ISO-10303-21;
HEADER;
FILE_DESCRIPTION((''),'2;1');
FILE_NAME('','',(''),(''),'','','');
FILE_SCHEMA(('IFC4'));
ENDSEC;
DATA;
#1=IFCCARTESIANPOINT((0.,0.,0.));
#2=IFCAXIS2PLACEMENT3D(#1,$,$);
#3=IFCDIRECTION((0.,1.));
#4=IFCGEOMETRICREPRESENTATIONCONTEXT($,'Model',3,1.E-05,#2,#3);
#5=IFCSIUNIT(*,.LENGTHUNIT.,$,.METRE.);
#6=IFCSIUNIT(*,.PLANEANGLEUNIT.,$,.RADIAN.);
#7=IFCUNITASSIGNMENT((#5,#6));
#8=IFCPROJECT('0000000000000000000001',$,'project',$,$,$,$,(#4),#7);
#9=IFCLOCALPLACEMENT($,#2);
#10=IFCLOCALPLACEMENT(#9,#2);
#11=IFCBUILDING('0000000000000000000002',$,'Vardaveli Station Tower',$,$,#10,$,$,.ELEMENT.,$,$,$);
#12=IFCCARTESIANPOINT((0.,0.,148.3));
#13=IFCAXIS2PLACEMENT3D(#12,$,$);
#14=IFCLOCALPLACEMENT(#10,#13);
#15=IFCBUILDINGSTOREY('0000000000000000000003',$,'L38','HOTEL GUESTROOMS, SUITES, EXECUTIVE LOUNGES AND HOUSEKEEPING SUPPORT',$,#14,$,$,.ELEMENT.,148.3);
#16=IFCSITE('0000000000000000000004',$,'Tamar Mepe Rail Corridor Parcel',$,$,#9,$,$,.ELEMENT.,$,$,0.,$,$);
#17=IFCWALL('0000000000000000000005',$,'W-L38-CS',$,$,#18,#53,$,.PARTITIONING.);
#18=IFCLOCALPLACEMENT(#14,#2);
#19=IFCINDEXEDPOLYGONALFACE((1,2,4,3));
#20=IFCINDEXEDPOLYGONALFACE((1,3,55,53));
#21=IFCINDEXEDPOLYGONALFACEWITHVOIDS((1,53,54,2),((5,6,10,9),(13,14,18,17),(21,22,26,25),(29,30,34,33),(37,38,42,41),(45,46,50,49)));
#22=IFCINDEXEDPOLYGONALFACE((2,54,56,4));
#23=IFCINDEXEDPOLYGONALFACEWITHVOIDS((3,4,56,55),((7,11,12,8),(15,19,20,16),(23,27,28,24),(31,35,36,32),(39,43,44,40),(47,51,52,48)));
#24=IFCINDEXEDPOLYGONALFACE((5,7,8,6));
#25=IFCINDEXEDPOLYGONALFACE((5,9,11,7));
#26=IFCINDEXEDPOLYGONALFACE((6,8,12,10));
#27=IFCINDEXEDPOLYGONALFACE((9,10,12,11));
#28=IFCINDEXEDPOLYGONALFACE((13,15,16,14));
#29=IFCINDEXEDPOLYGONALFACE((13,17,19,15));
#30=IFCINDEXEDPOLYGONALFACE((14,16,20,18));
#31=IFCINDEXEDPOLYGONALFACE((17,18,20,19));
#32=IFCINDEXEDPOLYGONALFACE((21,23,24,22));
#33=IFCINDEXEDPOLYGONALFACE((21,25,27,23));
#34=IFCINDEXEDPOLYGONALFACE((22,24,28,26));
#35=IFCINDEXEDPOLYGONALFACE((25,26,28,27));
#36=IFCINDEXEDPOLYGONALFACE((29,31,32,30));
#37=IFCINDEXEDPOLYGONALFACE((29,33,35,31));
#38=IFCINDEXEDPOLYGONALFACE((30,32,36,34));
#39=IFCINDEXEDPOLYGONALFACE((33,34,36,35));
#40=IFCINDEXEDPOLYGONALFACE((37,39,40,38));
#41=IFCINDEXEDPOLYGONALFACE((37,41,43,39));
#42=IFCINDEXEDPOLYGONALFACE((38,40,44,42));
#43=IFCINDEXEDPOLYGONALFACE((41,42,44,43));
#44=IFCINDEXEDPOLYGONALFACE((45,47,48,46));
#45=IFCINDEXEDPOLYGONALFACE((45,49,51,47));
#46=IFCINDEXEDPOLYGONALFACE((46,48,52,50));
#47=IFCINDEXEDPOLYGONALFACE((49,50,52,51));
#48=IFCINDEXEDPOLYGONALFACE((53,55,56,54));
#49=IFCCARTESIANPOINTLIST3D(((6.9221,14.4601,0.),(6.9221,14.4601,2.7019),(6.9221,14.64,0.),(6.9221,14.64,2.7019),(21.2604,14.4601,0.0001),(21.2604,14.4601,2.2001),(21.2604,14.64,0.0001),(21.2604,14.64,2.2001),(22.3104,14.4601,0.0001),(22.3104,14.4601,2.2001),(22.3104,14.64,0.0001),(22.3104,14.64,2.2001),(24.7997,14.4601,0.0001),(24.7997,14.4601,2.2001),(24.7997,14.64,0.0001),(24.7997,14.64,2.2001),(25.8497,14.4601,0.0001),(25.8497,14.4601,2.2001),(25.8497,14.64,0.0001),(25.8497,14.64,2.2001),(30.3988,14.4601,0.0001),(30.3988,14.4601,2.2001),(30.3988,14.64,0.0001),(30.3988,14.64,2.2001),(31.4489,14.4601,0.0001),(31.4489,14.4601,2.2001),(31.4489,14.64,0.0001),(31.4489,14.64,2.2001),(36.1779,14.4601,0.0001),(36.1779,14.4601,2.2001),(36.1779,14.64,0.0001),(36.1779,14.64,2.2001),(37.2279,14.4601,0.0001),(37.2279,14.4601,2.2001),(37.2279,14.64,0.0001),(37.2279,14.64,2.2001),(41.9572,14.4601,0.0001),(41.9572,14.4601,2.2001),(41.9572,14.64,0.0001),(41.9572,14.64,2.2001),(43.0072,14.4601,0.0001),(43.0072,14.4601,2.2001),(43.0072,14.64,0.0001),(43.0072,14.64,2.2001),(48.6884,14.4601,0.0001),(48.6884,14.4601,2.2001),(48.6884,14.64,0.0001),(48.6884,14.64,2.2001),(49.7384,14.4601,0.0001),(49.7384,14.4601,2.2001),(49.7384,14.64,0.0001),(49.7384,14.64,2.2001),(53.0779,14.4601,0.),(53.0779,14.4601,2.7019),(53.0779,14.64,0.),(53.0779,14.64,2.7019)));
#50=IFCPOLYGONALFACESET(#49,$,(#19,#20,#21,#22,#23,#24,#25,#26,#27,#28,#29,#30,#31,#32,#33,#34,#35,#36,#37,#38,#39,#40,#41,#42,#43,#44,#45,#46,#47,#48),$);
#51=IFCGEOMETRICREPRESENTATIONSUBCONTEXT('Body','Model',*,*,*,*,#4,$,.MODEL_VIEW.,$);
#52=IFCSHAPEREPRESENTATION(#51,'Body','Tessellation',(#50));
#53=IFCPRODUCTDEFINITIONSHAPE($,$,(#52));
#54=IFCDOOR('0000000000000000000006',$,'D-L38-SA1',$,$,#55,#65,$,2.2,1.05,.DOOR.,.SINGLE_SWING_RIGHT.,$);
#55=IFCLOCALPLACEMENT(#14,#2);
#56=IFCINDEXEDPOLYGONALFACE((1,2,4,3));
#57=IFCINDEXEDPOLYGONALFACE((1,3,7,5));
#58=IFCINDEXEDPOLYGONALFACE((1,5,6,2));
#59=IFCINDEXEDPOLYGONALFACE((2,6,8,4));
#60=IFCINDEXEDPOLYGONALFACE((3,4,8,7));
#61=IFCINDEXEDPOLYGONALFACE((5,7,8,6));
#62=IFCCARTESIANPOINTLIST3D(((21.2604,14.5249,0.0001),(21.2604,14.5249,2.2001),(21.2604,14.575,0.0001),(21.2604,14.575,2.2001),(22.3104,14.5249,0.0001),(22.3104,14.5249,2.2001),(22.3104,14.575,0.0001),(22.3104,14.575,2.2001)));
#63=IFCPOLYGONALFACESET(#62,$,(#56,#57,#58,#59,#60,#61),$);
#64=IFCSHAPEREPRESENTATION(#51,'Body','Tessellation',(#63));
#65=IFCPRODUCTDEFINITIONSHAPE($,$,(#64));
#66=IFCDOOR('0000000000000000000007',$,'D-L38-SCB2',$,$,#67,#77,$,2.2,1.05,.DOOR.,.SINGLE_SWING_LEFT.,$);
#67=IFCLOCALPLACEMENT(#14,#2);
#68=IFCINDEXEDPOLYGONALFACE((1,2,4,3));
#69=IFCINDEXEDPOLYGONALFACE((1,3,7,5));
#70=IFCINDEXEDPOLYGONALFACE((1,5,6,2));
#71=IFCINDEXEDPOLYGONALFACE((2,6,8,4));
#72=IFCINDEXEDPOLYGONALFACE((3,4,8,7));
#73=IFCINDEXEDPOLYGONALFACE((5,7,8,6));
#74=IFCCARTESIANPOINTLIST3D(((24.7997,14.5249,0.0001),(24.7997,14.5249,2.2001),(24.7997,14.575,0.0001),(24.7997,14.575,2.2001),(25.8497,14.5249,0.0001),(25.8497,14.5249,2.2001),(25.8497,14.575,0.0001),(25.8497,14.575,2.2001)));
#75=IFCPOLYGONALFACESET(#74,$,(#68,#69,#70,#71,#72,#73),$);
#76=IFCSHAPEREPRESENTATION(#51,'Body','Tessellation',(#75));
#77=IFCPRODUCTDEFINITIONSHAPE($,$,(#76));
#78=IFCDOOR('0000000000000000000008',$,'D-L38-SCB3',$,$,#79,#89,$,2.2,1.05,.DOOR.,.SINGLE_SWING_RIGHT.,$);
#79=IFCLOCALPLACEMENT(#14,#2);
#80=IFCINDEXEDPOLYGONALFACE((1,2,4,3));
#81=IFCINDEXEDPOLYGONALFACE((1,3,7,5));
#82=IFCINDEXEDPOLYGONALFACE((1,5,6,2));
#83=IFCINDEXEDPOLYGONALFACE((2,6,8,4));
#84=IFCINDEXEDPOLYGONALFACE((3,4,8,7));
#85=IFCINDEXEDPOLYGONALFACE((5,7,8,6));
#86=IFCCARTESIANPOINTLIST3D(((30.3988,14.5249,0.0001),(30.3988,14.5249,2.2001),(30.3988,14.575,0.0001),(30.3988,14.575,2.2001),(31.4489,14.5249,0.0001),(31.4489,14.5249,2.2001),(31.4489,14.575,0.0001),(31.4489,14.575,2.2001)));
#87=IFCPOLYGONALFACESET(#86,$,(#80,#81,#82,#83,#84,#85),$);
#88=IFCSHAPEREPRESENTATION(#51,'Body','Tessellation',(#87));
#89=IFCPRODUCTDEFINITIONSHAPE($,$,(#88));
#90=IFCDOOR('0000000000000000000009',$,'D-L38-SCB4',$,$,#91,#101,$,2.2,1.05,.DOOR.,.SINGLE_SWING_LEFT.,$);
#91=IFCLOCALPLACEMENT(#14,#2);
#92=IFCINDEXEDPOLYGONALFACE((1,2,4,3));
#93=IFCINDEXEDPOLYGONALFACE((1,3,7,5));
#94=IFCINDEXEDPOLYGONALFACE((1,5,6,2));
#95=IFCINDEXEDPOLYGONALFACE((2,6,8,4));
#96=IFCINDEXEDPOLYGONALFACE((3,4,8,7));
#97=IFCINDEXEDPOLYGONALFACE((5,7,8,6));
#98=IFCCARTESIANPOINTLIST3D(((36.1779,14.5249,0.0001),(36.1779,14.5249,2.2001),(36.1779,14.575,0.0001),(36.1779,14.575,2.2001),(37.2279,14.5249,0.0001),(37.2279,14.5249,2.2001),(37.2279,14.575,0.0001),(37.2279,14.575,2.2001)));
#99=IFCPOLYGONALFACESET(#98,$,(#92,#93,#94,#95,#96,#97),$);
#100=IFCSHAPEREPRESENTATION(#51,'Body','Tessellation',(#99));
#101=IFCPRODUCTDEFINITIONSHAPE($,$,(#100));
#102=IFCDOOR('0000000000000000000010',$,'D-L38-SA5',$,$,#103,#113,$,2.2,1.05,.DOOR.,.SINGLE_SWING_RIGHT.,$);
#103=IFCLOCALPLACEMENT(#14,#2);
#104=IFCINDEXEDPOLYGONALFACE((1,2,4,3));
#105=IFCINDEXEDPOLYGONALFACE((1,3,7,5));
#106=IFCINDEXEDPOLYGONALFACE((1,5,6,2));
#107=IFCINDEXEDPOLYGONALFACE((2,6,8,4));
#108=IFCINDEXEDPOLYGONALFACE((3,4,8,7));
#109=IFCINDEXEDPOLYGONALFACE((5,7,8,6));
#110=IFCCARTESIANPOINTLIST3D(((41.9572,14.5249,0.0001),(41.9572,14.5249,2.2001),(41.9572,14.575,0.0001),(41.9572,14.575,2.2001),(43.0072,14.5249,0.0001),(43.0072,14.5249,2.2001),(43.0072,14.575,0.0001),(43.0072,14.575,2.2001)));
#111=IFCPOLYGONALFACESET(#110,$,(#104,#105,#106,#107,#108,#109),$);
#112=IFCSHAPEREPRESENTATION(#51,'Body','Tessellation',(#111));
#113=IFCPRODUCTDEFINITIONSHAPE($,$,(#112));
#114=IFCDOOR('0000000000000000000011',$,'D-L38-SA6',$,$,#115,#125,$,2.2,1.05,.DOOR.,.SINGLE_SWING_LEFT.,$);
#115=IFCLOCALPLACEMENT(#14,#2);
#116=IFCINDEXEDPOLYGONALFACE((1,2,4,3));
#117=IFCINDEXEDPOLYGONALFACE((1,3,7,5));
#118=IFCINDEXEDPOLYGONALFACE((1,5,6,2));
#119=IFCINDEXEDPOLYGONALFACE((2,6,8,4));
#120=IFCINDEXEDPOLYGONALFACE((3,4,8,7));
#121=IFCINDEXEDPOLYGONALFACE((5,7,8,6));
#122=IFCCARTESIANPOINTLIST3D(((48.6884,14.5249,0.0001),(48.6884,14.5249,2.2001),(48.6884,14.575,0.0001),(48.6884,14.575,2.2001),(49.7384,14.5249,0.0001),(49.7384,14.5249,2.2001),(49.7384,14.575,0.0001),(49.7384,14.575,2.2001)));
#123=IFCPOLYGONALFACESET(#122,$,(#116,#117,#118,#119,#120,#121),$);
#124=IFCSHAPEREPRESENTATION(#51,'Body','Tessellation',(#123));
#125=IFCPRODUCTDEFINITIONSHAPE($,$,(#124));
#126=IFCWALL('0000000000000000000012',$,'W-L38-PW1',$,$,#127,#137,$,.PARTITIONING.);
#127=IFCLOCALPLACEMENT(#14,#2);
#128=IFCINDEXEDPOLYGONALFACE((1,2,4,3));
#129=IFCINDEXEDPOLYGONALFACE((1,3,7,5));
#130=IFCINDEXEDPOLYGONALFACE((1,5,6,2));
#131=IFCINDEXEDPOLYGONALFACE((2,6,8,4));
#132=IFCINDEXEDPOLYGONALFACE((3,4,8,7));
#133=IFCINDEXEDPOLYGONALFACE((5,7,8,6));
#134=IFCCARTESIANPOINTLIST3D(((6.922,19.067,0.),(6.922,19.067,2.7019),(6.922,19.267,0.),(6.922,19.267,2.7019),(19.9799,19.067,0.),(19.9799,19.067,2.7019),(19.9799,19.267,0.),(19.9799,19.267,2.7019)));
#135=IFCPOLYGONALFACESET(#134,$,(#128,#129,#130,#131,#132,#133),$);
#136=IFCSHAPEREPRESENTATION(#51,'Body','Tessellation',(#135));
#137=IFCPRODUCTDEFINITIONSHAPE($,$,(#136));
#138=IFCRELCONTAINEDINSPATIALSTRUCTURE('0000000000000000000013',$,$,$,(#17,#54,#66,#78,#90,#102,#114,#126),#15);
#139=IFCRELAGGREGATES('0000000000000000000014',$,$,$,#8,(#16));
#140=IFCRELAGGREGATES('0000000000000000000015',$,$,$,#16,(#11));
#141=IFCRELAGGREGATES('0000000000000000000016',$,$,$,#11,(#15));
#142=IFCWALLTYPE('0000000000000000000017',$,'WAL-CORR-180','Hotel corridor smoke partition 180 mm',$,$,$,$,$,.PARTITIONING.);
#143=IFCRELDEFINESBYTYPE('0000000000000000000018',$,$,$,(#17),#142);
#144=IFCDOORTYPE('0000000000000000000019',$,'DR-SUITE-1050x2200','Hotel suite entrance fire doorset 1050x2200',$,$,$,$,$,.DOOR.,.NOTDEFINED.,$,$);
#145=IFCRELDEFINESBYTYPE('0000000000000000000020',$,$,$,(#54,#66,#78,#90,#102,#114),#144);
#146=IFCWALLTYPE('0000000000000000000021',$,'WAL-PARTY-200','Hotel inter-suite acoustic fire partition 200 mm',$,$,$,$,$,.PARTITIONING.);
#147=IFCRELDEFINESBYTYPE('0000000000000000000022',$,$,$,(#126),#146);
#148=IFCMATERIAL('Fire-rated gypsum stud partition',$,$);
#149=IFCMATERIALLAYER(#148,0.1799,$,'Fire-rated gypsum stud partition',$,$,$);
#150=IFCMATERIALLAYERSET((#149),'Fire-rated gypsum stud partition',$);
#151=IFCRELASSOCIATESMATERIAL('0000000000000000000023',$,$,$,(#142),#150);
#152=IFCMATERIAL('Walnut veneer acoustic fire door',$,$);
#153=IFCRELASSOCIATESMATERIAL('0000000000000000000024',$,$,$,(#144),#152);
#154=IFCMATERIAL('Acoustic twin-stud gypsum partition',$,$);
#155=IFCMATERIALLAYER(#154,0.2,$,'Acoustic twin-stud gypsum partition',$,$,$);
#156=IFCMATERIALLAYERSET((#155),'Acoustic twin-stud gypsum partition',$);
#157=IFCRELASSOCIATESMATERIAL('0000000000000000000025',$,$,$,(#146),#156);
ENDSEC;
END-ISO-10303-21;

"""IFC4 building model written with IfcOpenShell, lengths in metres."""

from ifc_helpers import new_model, si_unit, direction, frame, frame_2d, origin, place, context, subcontext, project, spatial, rectangle, extrude, source, transform, mapped, material, layer, layer_set, type_object, element, fill, save


model = new_model("IFC4")

# Units and contexts
model_context = context("Model", 3, precision=1e-05, world=origin(), true_north=direction((0.0, 1.0)))
body_context = subcontext(model_context, "Body", "Model", "MODEL_VIEW")
ifc_project = project(units=[si_unit("LENGTHUNIT", "METRE"), si_unit("PLANEANGLEUNIT", "RADIAN")], contexts=[model_context])

# Site, building, storey
site_placement = place(None, origin())
site = spatial("IfcSite", under=ifc_project, at=site_placement, Name="Tamar Mepe Rail Corridor Parcel", CompositionType="ELEMENT", RefElevation=0.0)
building_placement = place(site_placement, origin())
building = spatial("IfcBuilding", under=site, at=building_placement, Name="Vardaveli Station Tower", CompositionType="ELEMENT")
storey_placement = place(building_placement, frame((0.0, 0.0, 148.3)))
storey = spatial("IfcBuildingStorey", under=building, at=storey_placement, Name="L38", Description="HOTEL GUESTROOMS, SUITES, EXECUTIVE LOUNGES AND HOUSEKEEPING SUPPORT", CompositionType="ELEMENT", Elevation=148.3)

# Wall, openings, doors
ifc_material_1 = material(Name="Fire-rated gypsum stud partition")
ifc_layer_1 = layer(ifc_material_1, 0.1799, Name="Fire-rated gypsum stud partition")
ifc_layer_set_1 = layer_set([ifc_layer_1], Name="Fire-rated gypsum stud partition")
wall_type_1 = type_object("IfcWallType", Name="WAL-CORR-180", Description="Hotel corridor smoke partition 180 mm", PredefinedType="PARTITIONING", material=ifc_layer_set_1)
shared_shape_1 = source(origin(), body_context, "Body", "SweptSolid", [
    extrude(rectangle(XDim=46.1558, YDim=0.1799, at=frame_2d((23.0779, 0.0))), origin(), (0.0, 0.0, 1.0), 2.7019),
])
wall_1_placement = place(storey_placement, frame((6.9221, 14.55, 0.0), z_axis=(0.0, 0.0, 1.0), x_axis=(1.0, 0.0, 0.0)))
wall_1 = element("IfcWall", 1, at=wall_1_placement, inside=storey, type_object=wall_type_1, Name="W-L38-CS", PredefinedType="PARTITIONING", context=body_context, shape_type="MappedRepresentation", body=[
    mapped(shared_shape_1, transform((0.0, 0.0, 0.0), scale=1.0)),
])
shared_shape_2 = source(origin(), body_context, "Body", "SweptSolid", [
    extrude(rectangle(XDim=1.05, YDim=2.2, at=frame_2d((0.5249, 1.1001))), frame((0.0, 0.1001, 0.0), z_axis=(0.0, -1.0, 0.0), x_axis=(1.0, 0.0, 0.0)), (0.0, 0.0, 1.0), 0.2),
])
opening_1_placement = place(wall_1_placement, frame((14.3384, 0.0, 0.0)))
opening_1 = element("IfcOpeningElement", 2, at=opening_1_placement, cuts=wall_1, PredefinedType="OPENING", context=body_context, shape_type="MappedRepresentation", body=[
    mapped(shared_shape_2, transform((0.0, 0.0, 0.0), scale=1.0)),
])
opening_2_placement = place(wall_1_placement, frame((17.8777, 0.0, 0.0)))
opening_2 = element("IfcOpeningElement", 3, at=opening_2_placement, cuts=wall_1, PredefinedType="OPENING", context=body_context, shape_type="MappedRepresentation", body=[
    mapped(shared_shape_2, transform((0.0, 0.0, 0.0), scale=1.0)),
])
opening_3_placement = place(wall_1_placement, frame((23.4768, 0.0, 0.0)))
opening_3 = element("IfcOpeningElement", 4, at=opening_3_placement, cuts=wall_1, PredefinedType="OPENING", context=body_context, shape_type="MappedRepresentation", body=[
    mapped(shared_shape_2, transform((0.0, 0.0, 0.0), scale=1.0)),
])
opening_4_placement = place(wall_1_placement, frame((29.2559, 0.0, 0.0)))
opening_4 = element("IfcOpeningElement", 5, at=opening_4_placement, cuts=wall_1, PredefinedType="OPENING", context=body_context, shape_type="MappedRepresentation", body=[
    mapped(shared_shape_2, transform((0.0, 0.0, 0.0), scale=1.0)),
])
opening_5_placement = place(wall_1_placement, frame((35.0352, 0.0, 0.0)))
opening_5 = element("IfcOpeningElement", 6, at=opening_5_placement, cuts=wall_1, PredefinedType="OPENING", context=body_context, shape_type="MappedRepresentation", body=[
    mapped(shared_shape_2, transform((0.0, 0.0, 0.0), scale=1.0)),
])
opening_6_placement = place(wall_1_placement, frame((41.7664, 0.0, 0.0)))
opening_6 = element("IfcOpeningElement", 7, at=opening_6_placement, cuts=wall_1, PredefinedType="OPENING", context=body_context, shape_type="MappedRepresentation", body=[
    mapped(shared_shape_2, transform((0.0, 0.0, 0.0), scale=1.0)),
])
ifc_material_2 = material(Name="Walnut veneer acoustic fire door")
door_type = type_object("IfcDoorType", Name="DR-SUITE-1050x2200", Description="Hotel suite entrance fire doorset 1050x2200", OperationType="NOTDEFINED", PredefinedType="DOOR", material=ifc_material_2)
shared_shape_3 = source(origin(), body_context, "Body", "SweptSolid", [
    extrude(rectangle(XDim=1.05, YDim=2.2, at=frame_2d((0.5249, 1.1001))), frame((0.0, 0.0249, 0.0), z_axis=(0.0, -1.0, 0.0), x_axis=(1.0, 0.0, 0.0)), (0.0, 0.0, 1.0), 0.05),
])
door_1_placement = place(opening_1_placement, origin())
door_1 = element("IfcDoor", 8, at=door_1_placement, inside=storey, type_object=door_type, Name="D-L38-SA1", OperationType="SINGLE_SWING_RIGHT", OverallHeight=2.2, OverallWidth=1.05, PredefinedType="DOOR", context=body_context, shape_type="MappedRepresentation", body=[
    mapped(shared_shape_3, transform((0.0, 0.0, 0.0), scale=1.0)),
])
fill(opening_1, door_1)
door_2_placement = place(opening_2_placement, origin())
door_2 = element("IfcDoor", 9, at=door_2_placement, inside=storey, type_object=door_type, Name="D-L38-SCB2", OperationType="SINGLE_SWING_LEFT", OverallHeight=2.2, OverallWidth=1.05, PredefinedType="DOOR", context=body_context, shape_type="MappedRepresentation", body=[
    mapped(shared_shape_3, transform((0.0, 0.0, 0.0), scale=1.0)),
])
fill(opening_2, door_2)
door_3_placement = place(opening_3_placement, origin())
door_3 = element("IfcDoor", 10, at=door_3_placement, inside=storey, type_object=door_type, Name="D-L38-SCB3", OperationType="SINGLE_SWING_RIGHT", OverallHeight=2.2, OverallWidth=1.05, PredefinedType="DOOR", context=body_context, shape_type="MappedRepresentation", body=[
    mapped(shared_shape_3, transform((0.0, 0.0, 0.0), scale=1.0)),
])
fill(opening_3, door_3)
door_4_placement = place(opening_4_placement, origin())
door_4 = element("IfcDoor", 11, at=door_4_placement, inside=storey, type_object=door_type, Name="D-L38-SCB4", OperationType="SINGLE_SWING_LEFT", OverallHeight=2.2, OverallWidth=1.05, PredefinedType="DOOR", context=body_context, shape_type="MappedRepresentation", body=[
    mapped(shared_shape_3, transform((0.0, 0.0, 0.0), scale=1.0)),
])
fill(opening_4, door_4)
door_5_placement = place(opening_5_placement, origin())
door_5 = element("IfcDoor", 12, at=door_5_placement, inside=storey, type_object=door_type, Name="D-L38-SA5", OperationType="SINGLE_SWING_RIGHT", OverallHeight=2.2, OverallWidth=1.05, PredefinedType="DOOR", context=body_context, shape_type="MappedRepresentation", body=[
    mapped(shared_shape_3, transform((0.0, 0.0, 0.0), scale=1.0)),
])
fill(opening_5, door_5)
door_6_placement = place(opening_6_placement, origin())
door_6 = element("IfcDoor", 13, at=door_6_placement, inside=storey, type_object=door_type, Name="D-L38-SA6", OperationType="SINGLE_SWING_LEFT", OverallHeight=2.2, OverallWidth=1.05, PredefinedType="DOOR", context=body_context, shape_type="MappedRepresentation", body=[
    mapped(shared_shape_3, transform((0.0, 0.0, 0.0), scale=1.0)),
])
fill(opening_6, door_6)

# Wall
ifc_material_3 = material(Name="Acoustic twin-stud gypsum partition")
ifc_layer_2 = layer(ifc_material_3, 0.2, Name="Acoustic twin-stud gypsum partition")
ifc_layer_set_2 = layer_set([ifc_layer_2], Name="Acoustic twin-stud gypsum partition")
wall_type_2 = type_object("IfcWallType", Name="WAL-PARTY-200", Description="Hotel inter-suite acoustic fire partition 200 mm", PredefinedType="PARTITIONING", material=ifc_layer_set_2)
shared_shape_4 = source(origin(), body_context, "Body", "SweptSolid", [
    extrude(rectangle(XDim=13.0579, YDim=0.2, at=frame_2d((6.5288, 0.0))), origin(), (0.0, 0.0, 1.0), 2.7019),
])
wall_2_placement = place(storey_placement, frame((6.9221, 19.167, 0.0), z_axis=(0.0, 0.0, 1.0), x_axis=(1.0, 0.0, 0.0)))
element("IfcWall", 14, at=wall_2_placement, inside=storey, type_object=wall_type_2, Name="W-L38-PW1", PredefinedType="PARTITIONING", context=body_context, shape_type="MappedRepresentation", body=[
    mapped(shared_shape_4, transform((0.0, 0.0, 0.0), scale=1.0)),
])

save(model, "model.ifc")
